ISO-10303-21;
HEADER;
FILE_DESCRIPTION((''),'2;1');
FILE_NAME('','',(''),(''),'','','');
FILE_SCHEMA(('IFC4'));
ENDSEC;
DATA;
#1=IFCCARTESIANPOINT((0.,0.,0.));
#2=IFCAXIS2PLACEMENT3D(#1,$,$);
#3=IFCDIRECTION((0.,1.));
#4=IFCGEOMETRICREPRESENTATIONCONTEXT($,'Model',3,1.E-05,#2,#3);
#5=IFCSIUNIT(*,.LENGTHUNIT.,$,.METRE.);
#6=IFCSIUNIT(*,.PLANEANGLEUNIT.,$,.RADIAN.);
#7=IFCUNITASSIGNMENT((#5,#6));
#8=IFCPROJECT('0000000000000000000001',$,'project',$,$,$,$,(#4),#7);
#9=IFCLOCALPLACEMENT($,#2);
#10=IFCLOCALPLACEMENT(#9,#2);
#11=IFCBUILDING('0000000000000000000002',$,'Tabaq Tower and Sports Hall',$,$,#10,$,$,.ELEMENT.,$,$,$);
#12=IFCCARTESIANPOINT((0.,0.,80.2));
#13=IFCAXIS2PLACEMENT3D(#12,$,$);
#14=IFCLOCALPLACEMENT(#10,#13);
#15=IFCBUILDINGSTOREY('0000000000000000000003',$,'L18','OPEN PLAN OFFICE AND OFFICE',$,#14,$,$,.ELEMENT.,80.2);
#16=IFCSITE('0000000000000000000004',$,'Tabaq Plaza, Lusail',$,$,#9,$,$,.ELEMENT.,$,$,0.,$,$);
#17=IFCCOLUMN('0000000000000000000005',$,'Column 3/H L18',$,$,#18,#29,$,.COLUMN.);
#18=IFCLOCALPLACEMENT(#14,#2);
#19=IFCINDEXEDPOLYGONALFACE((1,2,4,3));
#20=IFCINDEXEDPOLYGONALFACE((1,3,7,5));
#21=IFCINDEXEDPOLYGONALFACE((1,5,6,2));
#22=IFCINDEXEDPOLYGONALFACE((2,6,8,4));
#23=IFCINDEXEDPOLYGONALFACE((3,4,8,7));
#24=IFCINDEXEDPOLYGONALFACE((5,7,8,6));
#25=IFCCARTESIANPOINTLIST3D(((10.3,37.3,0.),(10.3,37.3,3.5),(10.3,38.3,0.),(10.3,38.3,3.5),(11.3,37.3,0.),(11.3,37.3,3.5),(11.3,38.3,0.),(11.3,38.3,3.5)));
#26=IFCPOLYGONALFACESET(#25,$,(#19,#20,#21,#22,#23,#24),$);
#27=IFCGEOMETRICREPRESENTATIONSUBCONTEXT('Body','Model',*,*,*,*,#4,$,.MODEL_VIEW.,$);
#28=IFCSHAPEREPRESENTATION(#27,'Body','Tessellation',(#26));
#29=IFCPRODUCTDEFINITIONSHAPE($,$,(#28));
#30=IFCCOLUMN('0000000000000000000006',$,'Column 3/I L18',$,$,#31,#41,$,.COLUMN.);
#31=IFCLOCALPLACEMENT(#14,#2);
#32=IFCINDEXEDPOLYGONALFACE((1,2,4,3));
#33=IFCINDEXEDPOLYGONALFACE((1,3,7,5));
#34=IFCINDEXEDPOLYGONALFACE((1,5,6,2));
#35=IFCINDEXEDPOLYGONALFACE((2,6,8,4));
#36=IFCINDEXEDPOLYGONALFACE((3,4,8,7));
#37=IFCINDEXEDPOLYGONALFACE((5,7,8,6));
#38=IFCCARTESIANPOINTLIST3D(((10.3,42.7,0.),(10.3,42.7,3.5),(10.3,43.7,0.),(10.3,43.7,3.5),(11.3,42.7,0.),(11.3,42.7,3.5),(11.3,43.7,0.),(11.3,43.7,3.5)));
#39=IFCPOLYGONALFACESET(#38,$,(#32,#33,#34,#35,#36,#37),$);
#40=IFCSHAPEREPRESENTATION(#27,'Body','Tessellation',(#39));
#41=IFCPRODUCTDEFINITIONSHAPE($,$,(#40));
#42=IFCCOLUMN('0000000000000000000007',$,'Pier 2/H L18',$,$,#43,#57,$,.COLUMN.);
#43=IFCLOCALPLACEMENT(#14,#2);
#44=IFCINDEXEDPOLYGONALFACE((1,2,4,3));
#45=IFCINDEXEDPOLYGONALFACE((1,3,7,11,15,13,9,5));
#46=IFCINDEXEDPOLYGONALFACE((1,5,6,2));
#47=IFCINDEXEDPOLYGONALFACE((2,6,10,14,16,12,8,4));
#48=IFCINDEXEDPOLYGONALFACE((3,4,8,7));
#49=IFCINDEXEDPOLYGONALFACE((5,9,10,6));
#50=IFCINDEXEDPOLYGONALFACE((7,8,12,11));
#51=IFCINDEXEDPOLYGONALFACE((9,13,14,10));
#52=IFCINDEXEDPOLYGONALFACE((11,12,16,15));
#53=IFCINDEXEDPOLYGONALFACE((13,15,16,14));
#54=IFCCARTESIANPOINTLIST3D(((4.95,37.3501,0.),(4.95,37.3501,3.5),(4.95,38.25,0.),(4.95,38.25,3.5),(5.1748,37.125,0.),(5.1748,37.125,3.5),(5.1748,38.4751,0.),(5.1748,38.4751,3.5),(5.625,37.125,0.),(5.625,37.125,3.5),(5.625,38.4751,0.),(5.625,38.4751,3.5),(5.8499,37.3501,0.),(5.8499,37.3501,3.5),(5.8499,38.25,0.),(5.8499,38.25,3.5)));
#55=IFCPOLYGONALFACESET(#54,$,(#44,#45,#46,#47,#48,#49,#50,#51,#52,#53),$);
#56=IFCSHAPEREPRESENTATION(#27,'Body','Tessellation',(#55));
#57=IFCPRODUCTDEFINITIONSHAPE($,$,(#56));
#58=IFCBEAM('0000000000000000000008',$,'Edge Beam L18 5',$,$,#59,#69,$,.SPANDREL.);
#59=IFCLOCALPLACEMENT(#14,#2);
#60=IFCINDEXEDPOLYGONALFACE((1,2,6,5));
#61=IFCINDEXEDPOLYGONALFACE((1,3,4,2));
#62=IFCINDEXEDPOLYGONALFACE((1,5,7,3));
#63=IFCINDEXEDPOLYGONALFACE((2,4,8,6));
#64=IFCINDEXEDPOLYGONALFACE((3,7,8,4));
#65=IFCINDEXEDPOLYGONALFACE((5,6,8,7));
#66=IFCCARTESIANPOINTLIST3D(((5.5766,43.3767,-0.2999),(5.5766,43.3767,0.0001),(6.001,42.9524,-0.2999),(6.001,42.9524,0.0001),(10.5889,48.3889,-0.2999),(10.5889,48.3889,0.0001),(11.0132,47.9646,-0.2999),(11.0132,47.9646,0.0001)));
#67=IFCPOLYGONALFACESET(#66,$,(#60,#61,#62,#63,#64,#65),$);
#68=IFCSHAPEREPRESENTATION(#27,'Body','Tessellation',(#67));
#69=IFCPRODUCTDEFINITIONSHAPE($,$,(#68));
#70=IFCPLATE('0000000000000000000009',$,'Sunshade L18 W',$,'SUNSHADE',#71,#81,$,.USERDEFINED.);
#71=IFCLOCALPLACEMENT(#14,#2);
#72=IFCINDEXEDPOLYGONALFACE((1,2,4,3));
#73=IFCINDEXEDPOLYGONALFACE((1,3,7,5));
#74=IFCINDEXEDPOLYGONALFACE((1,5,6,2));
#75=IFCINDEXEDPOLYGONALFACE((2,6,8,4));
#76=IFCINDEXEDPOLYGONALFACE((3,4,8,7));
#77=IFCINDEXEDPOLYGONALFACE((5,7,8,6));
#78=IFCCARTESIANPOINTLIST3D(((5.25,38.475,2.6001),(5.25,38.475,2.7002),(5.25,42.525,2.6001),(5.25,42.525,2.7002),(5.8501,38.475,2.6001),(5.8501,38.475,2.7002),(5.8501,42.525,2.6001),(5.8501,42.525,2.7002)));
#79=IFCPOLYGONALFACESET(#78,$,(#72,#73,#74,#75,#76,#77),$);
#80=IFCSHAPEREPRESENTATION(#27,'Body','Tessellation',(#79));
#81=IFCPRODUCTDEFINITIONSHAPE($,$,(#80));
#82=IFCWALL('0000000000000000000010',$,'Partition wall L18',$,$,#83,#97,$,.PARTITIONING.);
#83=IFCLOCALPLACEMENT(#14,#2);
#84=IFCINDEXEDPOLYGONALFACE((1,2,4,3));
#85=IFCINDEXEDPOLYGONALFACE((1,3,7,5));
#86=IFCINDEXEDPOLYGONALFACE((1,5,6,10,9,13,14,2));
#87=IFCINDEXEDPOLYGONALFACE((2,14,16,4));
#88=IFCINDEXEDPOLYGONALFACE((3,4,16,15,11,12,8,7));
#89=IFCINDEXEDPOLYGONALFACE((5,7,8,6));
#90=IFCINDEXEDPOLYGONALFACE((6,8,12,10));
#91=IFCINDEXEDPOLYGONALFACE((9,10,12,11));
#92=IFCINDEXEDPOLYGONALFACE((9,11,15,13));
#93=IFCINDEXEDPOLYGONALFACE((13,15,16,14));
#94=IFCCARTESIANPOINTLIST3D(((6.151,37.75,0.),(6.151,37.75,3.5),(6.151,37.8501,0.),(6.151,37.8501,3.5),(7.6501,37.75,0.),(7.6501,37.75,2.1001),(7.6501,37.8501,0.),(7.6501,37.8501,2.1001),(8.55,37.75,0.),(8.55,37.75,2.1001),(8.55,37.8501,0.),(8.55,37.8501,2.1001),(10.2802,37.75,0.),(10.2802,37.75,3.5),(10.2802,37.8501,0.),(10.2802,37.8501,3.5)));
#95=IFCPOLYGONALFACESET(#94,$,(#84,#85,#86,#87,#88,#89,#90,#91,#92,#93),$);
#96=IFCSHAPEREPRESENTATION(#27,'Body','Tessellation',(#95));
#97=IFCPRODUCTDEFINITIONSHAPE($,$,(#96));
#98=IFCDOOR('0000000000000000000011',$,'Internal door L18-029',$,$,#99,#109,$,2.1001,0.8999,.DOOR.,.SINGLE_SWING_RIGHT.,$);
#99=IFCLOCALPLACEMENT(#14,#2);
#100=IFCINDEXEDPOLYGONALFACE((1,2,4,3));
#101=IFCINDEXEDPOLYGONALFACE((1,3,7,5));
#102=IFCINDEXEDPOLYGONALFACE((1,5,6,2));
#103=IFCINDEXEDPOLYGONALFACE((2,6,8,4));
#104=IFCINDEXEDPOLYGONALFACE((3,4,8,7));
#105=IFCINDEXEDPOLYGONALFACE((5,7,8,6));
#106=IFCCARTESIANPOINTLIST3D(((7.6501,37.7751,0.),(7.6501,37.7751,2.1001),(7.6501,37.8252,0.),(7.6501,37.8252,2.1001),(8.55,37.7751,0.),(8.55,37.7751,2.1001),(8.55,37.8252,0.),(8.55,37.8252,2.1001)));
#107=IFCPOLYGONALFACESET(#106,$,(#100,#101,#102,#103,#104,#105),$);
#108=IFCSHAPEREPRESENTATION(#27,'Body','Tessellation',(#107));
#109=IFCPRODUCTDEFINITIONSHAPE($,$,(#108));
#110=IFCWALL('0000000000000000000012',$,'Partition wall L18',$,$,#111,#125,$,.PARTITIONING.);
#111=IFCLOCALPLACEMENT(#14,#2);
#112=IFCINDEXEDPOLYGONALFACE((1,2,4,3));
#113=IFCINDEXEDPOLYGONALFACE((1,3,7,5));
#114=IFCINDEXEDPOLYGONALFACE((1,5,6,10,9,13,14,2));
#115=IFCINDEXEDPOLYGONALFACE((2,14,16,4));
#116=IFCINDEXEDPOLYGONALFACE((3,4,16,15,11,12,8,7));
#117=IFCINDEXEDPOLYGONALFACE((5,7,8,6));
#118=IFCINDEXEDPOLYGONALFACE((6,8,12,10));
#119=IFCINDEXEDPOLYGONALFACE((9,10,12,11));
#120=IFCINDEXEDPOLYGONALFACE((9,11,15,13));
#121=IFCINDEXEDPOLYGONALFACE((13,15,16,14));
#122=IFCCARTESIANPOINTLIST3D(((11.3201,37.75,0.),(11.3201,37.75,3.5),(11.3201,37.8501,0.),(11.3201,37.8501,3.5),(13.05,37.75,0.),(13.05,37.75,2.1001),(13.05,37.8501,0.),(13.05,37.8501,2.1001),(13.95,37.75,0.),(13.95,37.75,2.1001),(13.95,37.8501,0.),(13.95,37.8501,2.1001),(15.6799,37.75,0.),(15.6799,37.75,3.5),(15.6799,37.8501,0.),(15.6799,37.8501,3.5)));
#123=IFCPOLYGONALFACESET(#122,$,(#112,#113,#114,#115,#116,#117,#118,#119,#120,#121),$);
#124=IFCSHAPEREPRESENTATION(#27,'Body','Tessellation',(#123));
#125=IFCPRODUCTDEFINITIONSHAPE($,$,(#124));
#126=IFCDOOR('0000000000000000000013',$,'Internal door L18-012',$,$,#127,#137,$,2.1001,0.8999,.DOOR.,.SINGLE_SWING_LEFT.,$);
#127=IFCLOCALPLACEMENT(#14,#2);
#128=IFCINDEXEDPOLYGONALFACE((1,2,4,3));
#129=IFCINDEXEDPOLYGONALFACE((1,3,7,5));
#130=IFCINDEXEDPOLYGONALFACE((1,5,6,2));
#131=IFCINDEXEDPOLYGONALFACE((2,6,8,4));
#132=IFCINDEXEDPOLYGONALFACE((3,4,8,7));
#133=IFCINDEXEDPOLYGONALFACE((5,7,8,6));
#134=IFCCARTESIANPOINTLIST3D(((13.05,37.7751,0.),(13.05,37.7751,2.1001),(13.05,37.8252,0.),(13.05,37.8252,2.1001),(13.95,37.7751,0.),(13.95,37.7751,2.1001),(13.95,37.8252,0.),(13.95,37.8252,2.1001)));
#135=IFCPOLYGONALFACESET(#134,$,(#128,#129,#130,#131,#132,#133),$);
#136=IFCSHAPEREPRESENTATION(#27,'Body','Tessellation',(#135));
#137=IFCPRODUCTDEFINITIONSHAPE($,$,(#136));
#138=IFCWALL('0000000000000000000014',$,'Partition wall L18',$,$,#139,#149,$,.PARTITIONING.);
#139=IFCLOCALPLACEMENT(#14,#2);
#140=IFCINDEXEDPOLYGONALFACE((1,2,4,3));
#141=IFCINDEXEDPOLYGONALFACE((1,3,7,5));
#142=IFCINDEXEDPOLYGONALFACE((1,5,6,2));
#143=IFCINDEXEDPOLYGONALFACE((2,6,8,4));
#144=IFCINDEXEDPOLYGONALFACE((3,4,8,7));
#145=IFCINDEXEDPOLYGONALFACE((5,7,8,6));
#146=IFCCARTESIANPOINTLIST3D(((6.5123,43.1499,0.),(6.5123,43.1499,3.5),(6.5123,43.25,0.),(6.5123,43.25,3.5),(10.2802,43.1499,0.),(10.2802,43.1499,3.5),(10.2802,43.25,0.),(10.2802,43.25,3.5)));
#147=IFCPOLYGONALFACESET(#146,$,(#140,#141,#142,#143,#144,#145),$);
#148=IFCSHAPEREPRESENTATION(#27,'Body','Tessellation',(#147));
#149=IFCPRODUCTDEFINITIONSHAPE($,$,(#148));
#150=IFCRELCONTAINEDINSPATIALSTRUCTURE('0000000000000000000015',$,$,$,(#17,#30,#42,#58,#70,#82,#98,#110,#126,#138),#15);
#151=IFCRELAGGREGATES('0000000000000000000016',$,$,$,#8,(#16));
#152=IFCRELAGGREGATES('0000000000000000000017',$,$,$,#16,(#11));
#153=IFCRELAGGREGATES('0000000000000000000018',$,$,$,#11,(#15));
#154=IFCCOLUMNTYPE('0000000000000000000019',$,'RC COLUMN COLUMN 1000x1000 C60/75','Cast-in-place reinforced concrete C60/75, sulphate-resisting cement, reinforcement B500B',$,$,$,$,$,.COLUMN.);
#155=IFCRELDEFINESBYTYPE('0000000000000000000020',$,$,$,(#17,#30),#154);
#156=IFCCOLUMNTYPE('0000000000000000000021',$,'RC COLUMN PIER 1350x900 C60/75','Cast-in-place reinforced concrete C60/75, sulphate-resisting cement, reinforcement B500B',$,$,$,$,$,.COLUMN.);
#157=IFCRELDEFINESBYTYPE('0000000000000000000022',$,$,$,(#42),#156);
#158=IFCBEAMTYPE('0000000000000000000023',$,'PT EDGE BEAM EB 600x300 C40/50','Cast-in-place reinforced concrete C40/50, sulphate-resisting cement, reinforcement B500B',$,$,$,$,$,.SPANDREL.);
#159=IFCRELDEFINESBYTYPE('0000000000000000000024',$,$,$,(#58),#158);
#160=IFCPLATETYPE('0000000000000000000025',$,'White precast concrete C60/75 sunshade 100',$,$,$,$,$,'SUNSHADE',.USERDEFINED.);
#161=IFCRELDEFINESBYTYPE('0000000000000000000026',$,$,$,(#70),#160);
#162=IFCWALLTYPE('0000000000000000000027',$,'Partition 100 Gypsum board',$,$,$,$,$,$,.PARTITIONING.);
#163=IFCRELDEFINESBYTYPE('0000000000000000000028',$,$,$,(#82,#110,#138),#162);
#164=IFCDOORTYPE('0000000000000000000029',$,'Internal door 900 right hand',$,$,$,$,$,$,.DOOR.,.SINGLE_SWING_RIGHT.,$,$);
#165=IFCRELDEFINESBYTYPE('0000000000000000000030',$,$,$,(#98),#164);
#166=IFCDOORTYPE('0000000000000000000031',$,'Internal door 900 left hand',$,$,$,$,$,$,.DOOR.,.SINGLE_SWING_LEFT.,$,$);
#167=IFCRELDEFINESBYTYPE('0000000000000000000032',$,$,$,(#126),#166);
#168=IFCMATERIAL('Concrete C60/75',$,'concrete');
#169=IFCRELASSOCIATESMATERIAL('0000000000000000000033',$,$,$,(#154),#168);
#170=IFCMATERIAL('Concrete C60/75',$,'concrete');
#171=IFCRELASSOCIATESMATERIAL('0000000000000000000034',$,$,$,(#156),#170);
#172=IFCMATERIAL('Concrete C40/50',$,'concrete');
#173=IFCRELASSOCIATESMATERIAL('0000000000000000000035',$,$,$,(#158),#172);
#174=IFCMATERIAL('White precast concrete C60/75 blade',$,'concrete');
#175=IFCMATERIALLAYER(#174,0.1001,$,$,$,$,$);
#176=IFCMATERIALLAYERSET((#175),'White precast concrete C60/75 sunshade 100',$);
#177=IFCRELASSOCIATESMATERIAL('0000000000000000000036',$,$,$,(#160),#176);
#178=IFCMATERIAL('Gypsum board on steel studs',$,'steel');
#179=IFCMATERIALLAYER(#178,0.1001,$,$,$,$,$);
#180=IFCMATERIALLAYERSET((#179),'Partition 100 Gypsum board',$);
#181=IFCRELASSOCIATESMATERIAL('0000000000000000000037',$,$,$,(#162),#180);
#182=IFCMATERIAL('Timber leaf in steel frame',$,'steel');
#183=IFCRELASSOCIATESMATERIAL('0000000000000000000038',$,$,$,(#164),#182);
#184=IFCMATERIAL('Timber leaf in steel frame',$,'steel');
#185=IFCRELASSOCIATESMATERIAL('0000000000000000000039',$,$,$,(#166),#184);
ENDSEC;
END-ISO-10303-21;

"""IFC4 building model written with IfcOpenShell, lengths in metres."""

from ifc_helpers import new_model, si_unit, direction, frame, frame_2d, origin, origin_2d, place, context, subcontext, project, spatial, polyline, rectangle, outline, extrude, material, layer, layer_set, material_profile, profile_set, type_object, element, fill, save


model = new_model("IFC4")

# Units and contexts
model_context = context("Model", 3, precision=1e-05, world=origin(), true_north=direction((0.0, 1.0)))
body_context = subcontext(model_context, "Body", "Model", "MODEL_VIEW")
ifc_project = project(units=[si_unit("LENGTHUNIT", "METRE"), si_unit("PLANEANGLEUNIT", "RADIAN")], contexts=[model_context])

# Site, building, storey
site_placement = place(None, origin())
site = spatial("IfcSite", under=ifc_project, at=site_placement, Name="Tabaq Plaza, Lusail", CompositionType="ELEMENT", RefElevation=0.0)
building_placement = place(site_placement, origin())
building = spatial("IfcBuilding", under=site, at=building_placement, Name="Tabaq Tower and Sports Hall", CompositionType="ELEMENT")
storey_placement = place(building_placement, frame((0.0, 0.0, 80.2)))
storey = spatial("IfcBuildingStorey", under=building, at=storey_placement, Name="L18", Description="OPEN PLAN OFFICE AND OFFICE", CompositionType="ELEMENT", Elevation=80.2)

# Columns
ifc_material_1 = material(Name="Concrete C60/75", Category="concrete")
ifc_material_profile_1 = material_profile(ifc_material_1, rectangle(XDim=1.0, YDim=1.0, at=origin_2d()), Name="COLUMN 1000x1000")
ifc_profile_set_1 = profile_set([ifc_material_profile_1], Name="Concrete C60/75")
column_type_1 = type_object("IfcColumnType", Name="RC COLUMN COLUMN 1000x1000 C60/75", Description="Cast-in-place reinforced concrete C60/75, sulphate-resisting cement, reinforcement B500B", PredefinedType="COLUMN", material=ifc_profile_set_1)
for number, where, z_axis, x_axis, name in (
    (1, (10.8, 37.8, 0.0), (0.0, 0.0, 1.0), (1.0, 0.0, 0.0), "Column 3/H L18"),
    (2, (10.8, 43.2, 0.0), (0.0, 0.0, 1.0), (1.0, 0.0, 0.0), "Column 3/I L18"),
):
    element("IfcColumn", number, at=place(storey_placement, frame(where, z_axis=z_axis, x_axis=x_axis)), inside=storey, type_object=column_type_1, Name=name, PredefinedType="COLUMN", context=body_context, shape_type="SweptSolid", body=[
        extrude(rectangle(XDim=1.0, YDim=1.0, at=origin_2d()), origin(), (0.0, 0.0, 1.0), 3.5),
    ])
ifc_material_2 = material(Name="Concrete C60/75", Category="concrete")
ifc_material_profile_2 = material_profile(ifc_material_2, outline(polyline([(-0.45, -0.45), (0.45, -0.45), (0.675, -0.2251), (0.675, 0.2251), (0.45, 0.45), (-0.45, 0.45), (-0.675, 0.2251), (-0.675, -0.2251), (-0.45, -0.45)])), Name="PIER 1350x900")
ifc_profile_set_2 = profile_set([ifc_material_profile_2], Name="Concrete C60/75")
column_type_2 = type_object("IfcColumnType", Name="RC COLUMN PIER 1350x900 C60/75", Description="Cast-in-place reinforced concrete C60/75, sulphate-resisting cement, reinforcement B500B", PredefinedType="COLUMN", material=ifc_profile_set_2)
column_placement = place(storey_placement, frame((5.3999, 37.8, 0.0), z_axis=(0.0, 0.0, 1.0), x_axis=(0.0, 1.0, 0.0)))
element("IfcColumn", 3, at=column_placement, inside=storey, type_object=column_type_2, Name="Pier 2/H L18", PredefinedType="COLUMN", context=body_context, shape_type="SweptSolid", body=[
    extrude(outline(polyline([(-0.45, -0.45), (0.45, -0.45), (0.675, -0.2251), (0.675, 0.2251), (0.45, 0.45), (-0.45, 0.45), (-0.675, 0.2251), (-0.675, -0.2251), (-0.45, -0.45)])), origin(), (0.0, 0.0, 1.0), 3.5),
])

# Beam
ifc_material_3 = material(Name="Concrete C40/50", Category="concrete")
ifc_material_profile_3 = material_profile(ifc_material_3, rectangle(XDim=0.6001, YDim=0.3, at=origin_2d()), Name="EB 600x300")
ifc_profile_set_3 = profile_set([ifc_material_profile_3], Name="Concrete C40/50")
beam_type = type_object("IfcBeamType", Name="PT EDGE BEAM EB 600x300 C40/50", Description="Cast-in-place reinforced concrete C40/50, sulphate-resisting cement, reinforcement B500B", PredefinedType="SPANDREL", material=ifc_profile_set_3)
beam_placement = place(storey_placement, frame((10.801, 48.1768, -0.1499), z_axis=(-0.707107, -0.707107, 0.0), x_axis=(0.707107, -0.707107, 0.0)))
element("IfcBeam", 4, at=beam_placement, inside=storey, type_object=beam_type, Name="Edge Beam L18 5", PredefinedType="SPANDREL", context=body_context, shape_type="SweptSolid", body=[
    extrude(rectangle(XDim=0.6001, YDim=0.3, at=origin_2d()), origin(), (0.0, 0.0, 1.0), 7.0884),
])

# Plate
ifc_material_4 = material(Name="White precast concrete C60/75 blade", Category="concrete")
ifc_layer_1 = layer(ifc_material_4, 0.1001)
ifc_layer_set_1 = layer_set([ifc_layer_1], Name="White precast concrete C60/75 sunshade 100")
plate_type = type_object("IfcPlateType", Name="White precast concrete C60/75 sunshade 100", ElementType="SUNSHADE", PredefinedType="USERDEFINED", material=ifc_layer_set_1)
plate_placement = place(storey_placement, frame((5.55, 40.5, 2.6001), z_axis=(0.0, 0.0, 1.0), x_axis=(0.0, -1.0, 0.0)))
element("IfcPlate", 5, at=plate_placement, inside=storey, type_object=plate_type, Name="Sunshade L18 W", ObjectType="SUNSHADE", PredefinedType="USERDEFINED", context=body_context, shape_type="SweptSolid", body=[
    extrude(rectangle(XDim=4.05, YDim=0.6001, at=origin_2d()), origin(), (0.0, 0.0, 1.0), 0.1001),
])

# Walls, openings, doors
ifc_material_5 = material(Name="Gypsum board on steel studs", Category="steel")
ifc_layer_2 = layer(ifc_material_5, 0.1001)
ifc_layer_set_2 = layer_set([ifc_layer_2], Name="Partition 100 Gypsum board")
wall_type_1 = type_object("IfcWallType", Name="Partition 100 Gypsum board", PredefinedType="PARTITIONING", material=ifc_layer_set_2)
wall_1_placement = place(storey_placement, frame((10.28, 37.8, 0.0), z_axis=(0.0, 0.0, 1.0), x_axis=(-1.0, 0.0, 0.0)))
wall_1 = element("IfcWall", 6, at=wall_1_placement, inside=storey, type_object=wall_type_1, Name="Partition wall L18", PredefinedType="PARTITIONING", context=body_context, shape_type="SweptSolid", body=[
    extrude(rectangle(XDim=4.1292, YDim=0.1001, at=frame_2d((2.0645, 0.0))), origin(), (0.0, 0.0, 1.0), 3.5),
])
opening_1_placement = place(wall_1_placement, frame((1.73, 0.0, 0.0)))
opening_1 = element("IfcOpeningElement", 7, at=opening_1_placement, cuts=wall_1, PredefinedType="OPENING", context=body_context, shape_type="SweptSolid", body=[
    extrude(rectangle(XDim=0.8999, YDim=2.1001, at=frame_2d((0.45, 1.05))), frame((0.0, 0.05, 0.0), z_axis=(0.0, -1.0, 0.0), x_axis=(1.0, 0.0, 0.0)), (0.0, 0.0, 1.0), 0.1001),
])
ifc_material_6 = material(Name="Timber leaf in steel frame", Category="steel")
door_type_1 = type_object("IfcDoorType", Name="Internal door 900 right hand", OperationType="SINGLE_SWING_RIGHT", PredefinedType="DOOR", material=ifc_material_6)
door_1_placement = place(opening_1_placement, origin())
door_1 = element("IfcDoor", 8, at=door_1_placement, inside=storey, type_object=door_type_1, Name="Internal door L18-029", OperationType="SINGLE_SWING_RIGHT", OverallHeight=2.1001, OverallWidth=0.8999, PredefinedType="DOOR", context=body_context, shape_type="SweptSolid", body=[
    extrude(rectangle(XDim=0.8999, YDim=2.1001, at=frame_2d((0.45, 1.05))), frame((0.0, 0.0249, 0.0), z_axis=(0.0, -1.0, 0.0), x_axis=(1.0, 0.0, 0.0)), (0.0, 0.0, 1.0), 0.05),
])
fill(opening_1, door_1)
wall_2_placement = place(storey_placement, frame((15.6799, 37.8, 0.0), z_axis=(0.0, 0.0, 1.0), x_axis=(-1.0, 0.0, 0.0)))
wall_2 = element("IfcWall", 9, at=wall_2_placement, inside=storey, type_object=wall_type_1, Name="Partition wall L18", PredefinedType="PARTITIONING", context=body_context, shape_type="SweptSolid", body=[
    extrude(rectangle(XDim=4.3599, YDim=0.1001, at=frame_2d((2.1799, 0.0))), origin(), (0.0, 0.0, 1.0), 3.5),
])
opening_2_placement = place(wall_2_placement, frame((1.73, 0.0, 0.0)))
opening_2 = element("IfcOpeningElement", 10, at=opening_2_placement, cuts=wall_2, PredefinedType="OPENING", context=body_context, shape_type="SweptSolid", body=[
    extrude(rectangle(XDim=0.8999, YDim=2.1001, at=frame_2d((0.45, 1.05))), frame((0.0, 0.05, 0.0), z_axis=(0.0, -1.0, 0.0), x_axis=(1.0, 0.0, 0.0)), (0.0, 0.0, 1.0), 0.1001),
])
ifc_material_7 = material(Name="Timber leaf in steel frame", Category="steel")
door_type_2 = type_object("IfcDoorType", Name="Internal door 900 left hand", OperationType="SINGLE_SWING_LEFT", PredefinedType="DOOR", material=ifc_material_7)
door_2_placement = place(opening_2_placement, origin())
door_2 = element("IfcDoor", 11, at=door_2_placement, inside=storey, type_object=door_type_2, Name="Internal door L18-012", OperationType="SINGLE_SWING_LEFT", OverallHeight=2.1001, OverallWidth=0.8999, PredefinedType="DOOR", context=body_context, shape_type="SweptSolid", body=[
    extrude(rectangle(XDim=0.8999, YDim=2.1001, at=frame_2d((0.45, 1.05))), frame((0.0, 0.0249, 0.0), z_axis=(0.0, -1.0, 0.0), x_axis=(1.0, 0.0, 0.0)), (0.0, 0.0, 1.0), 0.05),
])
fill(opening_2, door_2)

# Wall
wall_3_placement = place(storey_placement, frame((10.28, 43.2, 0.0), z_axis=(0.0, 0.0, 1.0), x_axis=(-1.0, 0.0, 0.0)))
element("IfcWall", 12, at=wall_3_placement, inside=storey, type_object=wall_type_1, Name="Partition wall L18", PredefinedType="PARTITIONING", context=body_context, shape_type="SweptSolid", body=[
    extrude(rectangle(XDim=3.7678, YDim=0.1001, at=frame_2d((1.8838, 0.0))), origin(), (0.0, 0.0, 1.0), 3.5),
])

save(model, "model.ifc")
